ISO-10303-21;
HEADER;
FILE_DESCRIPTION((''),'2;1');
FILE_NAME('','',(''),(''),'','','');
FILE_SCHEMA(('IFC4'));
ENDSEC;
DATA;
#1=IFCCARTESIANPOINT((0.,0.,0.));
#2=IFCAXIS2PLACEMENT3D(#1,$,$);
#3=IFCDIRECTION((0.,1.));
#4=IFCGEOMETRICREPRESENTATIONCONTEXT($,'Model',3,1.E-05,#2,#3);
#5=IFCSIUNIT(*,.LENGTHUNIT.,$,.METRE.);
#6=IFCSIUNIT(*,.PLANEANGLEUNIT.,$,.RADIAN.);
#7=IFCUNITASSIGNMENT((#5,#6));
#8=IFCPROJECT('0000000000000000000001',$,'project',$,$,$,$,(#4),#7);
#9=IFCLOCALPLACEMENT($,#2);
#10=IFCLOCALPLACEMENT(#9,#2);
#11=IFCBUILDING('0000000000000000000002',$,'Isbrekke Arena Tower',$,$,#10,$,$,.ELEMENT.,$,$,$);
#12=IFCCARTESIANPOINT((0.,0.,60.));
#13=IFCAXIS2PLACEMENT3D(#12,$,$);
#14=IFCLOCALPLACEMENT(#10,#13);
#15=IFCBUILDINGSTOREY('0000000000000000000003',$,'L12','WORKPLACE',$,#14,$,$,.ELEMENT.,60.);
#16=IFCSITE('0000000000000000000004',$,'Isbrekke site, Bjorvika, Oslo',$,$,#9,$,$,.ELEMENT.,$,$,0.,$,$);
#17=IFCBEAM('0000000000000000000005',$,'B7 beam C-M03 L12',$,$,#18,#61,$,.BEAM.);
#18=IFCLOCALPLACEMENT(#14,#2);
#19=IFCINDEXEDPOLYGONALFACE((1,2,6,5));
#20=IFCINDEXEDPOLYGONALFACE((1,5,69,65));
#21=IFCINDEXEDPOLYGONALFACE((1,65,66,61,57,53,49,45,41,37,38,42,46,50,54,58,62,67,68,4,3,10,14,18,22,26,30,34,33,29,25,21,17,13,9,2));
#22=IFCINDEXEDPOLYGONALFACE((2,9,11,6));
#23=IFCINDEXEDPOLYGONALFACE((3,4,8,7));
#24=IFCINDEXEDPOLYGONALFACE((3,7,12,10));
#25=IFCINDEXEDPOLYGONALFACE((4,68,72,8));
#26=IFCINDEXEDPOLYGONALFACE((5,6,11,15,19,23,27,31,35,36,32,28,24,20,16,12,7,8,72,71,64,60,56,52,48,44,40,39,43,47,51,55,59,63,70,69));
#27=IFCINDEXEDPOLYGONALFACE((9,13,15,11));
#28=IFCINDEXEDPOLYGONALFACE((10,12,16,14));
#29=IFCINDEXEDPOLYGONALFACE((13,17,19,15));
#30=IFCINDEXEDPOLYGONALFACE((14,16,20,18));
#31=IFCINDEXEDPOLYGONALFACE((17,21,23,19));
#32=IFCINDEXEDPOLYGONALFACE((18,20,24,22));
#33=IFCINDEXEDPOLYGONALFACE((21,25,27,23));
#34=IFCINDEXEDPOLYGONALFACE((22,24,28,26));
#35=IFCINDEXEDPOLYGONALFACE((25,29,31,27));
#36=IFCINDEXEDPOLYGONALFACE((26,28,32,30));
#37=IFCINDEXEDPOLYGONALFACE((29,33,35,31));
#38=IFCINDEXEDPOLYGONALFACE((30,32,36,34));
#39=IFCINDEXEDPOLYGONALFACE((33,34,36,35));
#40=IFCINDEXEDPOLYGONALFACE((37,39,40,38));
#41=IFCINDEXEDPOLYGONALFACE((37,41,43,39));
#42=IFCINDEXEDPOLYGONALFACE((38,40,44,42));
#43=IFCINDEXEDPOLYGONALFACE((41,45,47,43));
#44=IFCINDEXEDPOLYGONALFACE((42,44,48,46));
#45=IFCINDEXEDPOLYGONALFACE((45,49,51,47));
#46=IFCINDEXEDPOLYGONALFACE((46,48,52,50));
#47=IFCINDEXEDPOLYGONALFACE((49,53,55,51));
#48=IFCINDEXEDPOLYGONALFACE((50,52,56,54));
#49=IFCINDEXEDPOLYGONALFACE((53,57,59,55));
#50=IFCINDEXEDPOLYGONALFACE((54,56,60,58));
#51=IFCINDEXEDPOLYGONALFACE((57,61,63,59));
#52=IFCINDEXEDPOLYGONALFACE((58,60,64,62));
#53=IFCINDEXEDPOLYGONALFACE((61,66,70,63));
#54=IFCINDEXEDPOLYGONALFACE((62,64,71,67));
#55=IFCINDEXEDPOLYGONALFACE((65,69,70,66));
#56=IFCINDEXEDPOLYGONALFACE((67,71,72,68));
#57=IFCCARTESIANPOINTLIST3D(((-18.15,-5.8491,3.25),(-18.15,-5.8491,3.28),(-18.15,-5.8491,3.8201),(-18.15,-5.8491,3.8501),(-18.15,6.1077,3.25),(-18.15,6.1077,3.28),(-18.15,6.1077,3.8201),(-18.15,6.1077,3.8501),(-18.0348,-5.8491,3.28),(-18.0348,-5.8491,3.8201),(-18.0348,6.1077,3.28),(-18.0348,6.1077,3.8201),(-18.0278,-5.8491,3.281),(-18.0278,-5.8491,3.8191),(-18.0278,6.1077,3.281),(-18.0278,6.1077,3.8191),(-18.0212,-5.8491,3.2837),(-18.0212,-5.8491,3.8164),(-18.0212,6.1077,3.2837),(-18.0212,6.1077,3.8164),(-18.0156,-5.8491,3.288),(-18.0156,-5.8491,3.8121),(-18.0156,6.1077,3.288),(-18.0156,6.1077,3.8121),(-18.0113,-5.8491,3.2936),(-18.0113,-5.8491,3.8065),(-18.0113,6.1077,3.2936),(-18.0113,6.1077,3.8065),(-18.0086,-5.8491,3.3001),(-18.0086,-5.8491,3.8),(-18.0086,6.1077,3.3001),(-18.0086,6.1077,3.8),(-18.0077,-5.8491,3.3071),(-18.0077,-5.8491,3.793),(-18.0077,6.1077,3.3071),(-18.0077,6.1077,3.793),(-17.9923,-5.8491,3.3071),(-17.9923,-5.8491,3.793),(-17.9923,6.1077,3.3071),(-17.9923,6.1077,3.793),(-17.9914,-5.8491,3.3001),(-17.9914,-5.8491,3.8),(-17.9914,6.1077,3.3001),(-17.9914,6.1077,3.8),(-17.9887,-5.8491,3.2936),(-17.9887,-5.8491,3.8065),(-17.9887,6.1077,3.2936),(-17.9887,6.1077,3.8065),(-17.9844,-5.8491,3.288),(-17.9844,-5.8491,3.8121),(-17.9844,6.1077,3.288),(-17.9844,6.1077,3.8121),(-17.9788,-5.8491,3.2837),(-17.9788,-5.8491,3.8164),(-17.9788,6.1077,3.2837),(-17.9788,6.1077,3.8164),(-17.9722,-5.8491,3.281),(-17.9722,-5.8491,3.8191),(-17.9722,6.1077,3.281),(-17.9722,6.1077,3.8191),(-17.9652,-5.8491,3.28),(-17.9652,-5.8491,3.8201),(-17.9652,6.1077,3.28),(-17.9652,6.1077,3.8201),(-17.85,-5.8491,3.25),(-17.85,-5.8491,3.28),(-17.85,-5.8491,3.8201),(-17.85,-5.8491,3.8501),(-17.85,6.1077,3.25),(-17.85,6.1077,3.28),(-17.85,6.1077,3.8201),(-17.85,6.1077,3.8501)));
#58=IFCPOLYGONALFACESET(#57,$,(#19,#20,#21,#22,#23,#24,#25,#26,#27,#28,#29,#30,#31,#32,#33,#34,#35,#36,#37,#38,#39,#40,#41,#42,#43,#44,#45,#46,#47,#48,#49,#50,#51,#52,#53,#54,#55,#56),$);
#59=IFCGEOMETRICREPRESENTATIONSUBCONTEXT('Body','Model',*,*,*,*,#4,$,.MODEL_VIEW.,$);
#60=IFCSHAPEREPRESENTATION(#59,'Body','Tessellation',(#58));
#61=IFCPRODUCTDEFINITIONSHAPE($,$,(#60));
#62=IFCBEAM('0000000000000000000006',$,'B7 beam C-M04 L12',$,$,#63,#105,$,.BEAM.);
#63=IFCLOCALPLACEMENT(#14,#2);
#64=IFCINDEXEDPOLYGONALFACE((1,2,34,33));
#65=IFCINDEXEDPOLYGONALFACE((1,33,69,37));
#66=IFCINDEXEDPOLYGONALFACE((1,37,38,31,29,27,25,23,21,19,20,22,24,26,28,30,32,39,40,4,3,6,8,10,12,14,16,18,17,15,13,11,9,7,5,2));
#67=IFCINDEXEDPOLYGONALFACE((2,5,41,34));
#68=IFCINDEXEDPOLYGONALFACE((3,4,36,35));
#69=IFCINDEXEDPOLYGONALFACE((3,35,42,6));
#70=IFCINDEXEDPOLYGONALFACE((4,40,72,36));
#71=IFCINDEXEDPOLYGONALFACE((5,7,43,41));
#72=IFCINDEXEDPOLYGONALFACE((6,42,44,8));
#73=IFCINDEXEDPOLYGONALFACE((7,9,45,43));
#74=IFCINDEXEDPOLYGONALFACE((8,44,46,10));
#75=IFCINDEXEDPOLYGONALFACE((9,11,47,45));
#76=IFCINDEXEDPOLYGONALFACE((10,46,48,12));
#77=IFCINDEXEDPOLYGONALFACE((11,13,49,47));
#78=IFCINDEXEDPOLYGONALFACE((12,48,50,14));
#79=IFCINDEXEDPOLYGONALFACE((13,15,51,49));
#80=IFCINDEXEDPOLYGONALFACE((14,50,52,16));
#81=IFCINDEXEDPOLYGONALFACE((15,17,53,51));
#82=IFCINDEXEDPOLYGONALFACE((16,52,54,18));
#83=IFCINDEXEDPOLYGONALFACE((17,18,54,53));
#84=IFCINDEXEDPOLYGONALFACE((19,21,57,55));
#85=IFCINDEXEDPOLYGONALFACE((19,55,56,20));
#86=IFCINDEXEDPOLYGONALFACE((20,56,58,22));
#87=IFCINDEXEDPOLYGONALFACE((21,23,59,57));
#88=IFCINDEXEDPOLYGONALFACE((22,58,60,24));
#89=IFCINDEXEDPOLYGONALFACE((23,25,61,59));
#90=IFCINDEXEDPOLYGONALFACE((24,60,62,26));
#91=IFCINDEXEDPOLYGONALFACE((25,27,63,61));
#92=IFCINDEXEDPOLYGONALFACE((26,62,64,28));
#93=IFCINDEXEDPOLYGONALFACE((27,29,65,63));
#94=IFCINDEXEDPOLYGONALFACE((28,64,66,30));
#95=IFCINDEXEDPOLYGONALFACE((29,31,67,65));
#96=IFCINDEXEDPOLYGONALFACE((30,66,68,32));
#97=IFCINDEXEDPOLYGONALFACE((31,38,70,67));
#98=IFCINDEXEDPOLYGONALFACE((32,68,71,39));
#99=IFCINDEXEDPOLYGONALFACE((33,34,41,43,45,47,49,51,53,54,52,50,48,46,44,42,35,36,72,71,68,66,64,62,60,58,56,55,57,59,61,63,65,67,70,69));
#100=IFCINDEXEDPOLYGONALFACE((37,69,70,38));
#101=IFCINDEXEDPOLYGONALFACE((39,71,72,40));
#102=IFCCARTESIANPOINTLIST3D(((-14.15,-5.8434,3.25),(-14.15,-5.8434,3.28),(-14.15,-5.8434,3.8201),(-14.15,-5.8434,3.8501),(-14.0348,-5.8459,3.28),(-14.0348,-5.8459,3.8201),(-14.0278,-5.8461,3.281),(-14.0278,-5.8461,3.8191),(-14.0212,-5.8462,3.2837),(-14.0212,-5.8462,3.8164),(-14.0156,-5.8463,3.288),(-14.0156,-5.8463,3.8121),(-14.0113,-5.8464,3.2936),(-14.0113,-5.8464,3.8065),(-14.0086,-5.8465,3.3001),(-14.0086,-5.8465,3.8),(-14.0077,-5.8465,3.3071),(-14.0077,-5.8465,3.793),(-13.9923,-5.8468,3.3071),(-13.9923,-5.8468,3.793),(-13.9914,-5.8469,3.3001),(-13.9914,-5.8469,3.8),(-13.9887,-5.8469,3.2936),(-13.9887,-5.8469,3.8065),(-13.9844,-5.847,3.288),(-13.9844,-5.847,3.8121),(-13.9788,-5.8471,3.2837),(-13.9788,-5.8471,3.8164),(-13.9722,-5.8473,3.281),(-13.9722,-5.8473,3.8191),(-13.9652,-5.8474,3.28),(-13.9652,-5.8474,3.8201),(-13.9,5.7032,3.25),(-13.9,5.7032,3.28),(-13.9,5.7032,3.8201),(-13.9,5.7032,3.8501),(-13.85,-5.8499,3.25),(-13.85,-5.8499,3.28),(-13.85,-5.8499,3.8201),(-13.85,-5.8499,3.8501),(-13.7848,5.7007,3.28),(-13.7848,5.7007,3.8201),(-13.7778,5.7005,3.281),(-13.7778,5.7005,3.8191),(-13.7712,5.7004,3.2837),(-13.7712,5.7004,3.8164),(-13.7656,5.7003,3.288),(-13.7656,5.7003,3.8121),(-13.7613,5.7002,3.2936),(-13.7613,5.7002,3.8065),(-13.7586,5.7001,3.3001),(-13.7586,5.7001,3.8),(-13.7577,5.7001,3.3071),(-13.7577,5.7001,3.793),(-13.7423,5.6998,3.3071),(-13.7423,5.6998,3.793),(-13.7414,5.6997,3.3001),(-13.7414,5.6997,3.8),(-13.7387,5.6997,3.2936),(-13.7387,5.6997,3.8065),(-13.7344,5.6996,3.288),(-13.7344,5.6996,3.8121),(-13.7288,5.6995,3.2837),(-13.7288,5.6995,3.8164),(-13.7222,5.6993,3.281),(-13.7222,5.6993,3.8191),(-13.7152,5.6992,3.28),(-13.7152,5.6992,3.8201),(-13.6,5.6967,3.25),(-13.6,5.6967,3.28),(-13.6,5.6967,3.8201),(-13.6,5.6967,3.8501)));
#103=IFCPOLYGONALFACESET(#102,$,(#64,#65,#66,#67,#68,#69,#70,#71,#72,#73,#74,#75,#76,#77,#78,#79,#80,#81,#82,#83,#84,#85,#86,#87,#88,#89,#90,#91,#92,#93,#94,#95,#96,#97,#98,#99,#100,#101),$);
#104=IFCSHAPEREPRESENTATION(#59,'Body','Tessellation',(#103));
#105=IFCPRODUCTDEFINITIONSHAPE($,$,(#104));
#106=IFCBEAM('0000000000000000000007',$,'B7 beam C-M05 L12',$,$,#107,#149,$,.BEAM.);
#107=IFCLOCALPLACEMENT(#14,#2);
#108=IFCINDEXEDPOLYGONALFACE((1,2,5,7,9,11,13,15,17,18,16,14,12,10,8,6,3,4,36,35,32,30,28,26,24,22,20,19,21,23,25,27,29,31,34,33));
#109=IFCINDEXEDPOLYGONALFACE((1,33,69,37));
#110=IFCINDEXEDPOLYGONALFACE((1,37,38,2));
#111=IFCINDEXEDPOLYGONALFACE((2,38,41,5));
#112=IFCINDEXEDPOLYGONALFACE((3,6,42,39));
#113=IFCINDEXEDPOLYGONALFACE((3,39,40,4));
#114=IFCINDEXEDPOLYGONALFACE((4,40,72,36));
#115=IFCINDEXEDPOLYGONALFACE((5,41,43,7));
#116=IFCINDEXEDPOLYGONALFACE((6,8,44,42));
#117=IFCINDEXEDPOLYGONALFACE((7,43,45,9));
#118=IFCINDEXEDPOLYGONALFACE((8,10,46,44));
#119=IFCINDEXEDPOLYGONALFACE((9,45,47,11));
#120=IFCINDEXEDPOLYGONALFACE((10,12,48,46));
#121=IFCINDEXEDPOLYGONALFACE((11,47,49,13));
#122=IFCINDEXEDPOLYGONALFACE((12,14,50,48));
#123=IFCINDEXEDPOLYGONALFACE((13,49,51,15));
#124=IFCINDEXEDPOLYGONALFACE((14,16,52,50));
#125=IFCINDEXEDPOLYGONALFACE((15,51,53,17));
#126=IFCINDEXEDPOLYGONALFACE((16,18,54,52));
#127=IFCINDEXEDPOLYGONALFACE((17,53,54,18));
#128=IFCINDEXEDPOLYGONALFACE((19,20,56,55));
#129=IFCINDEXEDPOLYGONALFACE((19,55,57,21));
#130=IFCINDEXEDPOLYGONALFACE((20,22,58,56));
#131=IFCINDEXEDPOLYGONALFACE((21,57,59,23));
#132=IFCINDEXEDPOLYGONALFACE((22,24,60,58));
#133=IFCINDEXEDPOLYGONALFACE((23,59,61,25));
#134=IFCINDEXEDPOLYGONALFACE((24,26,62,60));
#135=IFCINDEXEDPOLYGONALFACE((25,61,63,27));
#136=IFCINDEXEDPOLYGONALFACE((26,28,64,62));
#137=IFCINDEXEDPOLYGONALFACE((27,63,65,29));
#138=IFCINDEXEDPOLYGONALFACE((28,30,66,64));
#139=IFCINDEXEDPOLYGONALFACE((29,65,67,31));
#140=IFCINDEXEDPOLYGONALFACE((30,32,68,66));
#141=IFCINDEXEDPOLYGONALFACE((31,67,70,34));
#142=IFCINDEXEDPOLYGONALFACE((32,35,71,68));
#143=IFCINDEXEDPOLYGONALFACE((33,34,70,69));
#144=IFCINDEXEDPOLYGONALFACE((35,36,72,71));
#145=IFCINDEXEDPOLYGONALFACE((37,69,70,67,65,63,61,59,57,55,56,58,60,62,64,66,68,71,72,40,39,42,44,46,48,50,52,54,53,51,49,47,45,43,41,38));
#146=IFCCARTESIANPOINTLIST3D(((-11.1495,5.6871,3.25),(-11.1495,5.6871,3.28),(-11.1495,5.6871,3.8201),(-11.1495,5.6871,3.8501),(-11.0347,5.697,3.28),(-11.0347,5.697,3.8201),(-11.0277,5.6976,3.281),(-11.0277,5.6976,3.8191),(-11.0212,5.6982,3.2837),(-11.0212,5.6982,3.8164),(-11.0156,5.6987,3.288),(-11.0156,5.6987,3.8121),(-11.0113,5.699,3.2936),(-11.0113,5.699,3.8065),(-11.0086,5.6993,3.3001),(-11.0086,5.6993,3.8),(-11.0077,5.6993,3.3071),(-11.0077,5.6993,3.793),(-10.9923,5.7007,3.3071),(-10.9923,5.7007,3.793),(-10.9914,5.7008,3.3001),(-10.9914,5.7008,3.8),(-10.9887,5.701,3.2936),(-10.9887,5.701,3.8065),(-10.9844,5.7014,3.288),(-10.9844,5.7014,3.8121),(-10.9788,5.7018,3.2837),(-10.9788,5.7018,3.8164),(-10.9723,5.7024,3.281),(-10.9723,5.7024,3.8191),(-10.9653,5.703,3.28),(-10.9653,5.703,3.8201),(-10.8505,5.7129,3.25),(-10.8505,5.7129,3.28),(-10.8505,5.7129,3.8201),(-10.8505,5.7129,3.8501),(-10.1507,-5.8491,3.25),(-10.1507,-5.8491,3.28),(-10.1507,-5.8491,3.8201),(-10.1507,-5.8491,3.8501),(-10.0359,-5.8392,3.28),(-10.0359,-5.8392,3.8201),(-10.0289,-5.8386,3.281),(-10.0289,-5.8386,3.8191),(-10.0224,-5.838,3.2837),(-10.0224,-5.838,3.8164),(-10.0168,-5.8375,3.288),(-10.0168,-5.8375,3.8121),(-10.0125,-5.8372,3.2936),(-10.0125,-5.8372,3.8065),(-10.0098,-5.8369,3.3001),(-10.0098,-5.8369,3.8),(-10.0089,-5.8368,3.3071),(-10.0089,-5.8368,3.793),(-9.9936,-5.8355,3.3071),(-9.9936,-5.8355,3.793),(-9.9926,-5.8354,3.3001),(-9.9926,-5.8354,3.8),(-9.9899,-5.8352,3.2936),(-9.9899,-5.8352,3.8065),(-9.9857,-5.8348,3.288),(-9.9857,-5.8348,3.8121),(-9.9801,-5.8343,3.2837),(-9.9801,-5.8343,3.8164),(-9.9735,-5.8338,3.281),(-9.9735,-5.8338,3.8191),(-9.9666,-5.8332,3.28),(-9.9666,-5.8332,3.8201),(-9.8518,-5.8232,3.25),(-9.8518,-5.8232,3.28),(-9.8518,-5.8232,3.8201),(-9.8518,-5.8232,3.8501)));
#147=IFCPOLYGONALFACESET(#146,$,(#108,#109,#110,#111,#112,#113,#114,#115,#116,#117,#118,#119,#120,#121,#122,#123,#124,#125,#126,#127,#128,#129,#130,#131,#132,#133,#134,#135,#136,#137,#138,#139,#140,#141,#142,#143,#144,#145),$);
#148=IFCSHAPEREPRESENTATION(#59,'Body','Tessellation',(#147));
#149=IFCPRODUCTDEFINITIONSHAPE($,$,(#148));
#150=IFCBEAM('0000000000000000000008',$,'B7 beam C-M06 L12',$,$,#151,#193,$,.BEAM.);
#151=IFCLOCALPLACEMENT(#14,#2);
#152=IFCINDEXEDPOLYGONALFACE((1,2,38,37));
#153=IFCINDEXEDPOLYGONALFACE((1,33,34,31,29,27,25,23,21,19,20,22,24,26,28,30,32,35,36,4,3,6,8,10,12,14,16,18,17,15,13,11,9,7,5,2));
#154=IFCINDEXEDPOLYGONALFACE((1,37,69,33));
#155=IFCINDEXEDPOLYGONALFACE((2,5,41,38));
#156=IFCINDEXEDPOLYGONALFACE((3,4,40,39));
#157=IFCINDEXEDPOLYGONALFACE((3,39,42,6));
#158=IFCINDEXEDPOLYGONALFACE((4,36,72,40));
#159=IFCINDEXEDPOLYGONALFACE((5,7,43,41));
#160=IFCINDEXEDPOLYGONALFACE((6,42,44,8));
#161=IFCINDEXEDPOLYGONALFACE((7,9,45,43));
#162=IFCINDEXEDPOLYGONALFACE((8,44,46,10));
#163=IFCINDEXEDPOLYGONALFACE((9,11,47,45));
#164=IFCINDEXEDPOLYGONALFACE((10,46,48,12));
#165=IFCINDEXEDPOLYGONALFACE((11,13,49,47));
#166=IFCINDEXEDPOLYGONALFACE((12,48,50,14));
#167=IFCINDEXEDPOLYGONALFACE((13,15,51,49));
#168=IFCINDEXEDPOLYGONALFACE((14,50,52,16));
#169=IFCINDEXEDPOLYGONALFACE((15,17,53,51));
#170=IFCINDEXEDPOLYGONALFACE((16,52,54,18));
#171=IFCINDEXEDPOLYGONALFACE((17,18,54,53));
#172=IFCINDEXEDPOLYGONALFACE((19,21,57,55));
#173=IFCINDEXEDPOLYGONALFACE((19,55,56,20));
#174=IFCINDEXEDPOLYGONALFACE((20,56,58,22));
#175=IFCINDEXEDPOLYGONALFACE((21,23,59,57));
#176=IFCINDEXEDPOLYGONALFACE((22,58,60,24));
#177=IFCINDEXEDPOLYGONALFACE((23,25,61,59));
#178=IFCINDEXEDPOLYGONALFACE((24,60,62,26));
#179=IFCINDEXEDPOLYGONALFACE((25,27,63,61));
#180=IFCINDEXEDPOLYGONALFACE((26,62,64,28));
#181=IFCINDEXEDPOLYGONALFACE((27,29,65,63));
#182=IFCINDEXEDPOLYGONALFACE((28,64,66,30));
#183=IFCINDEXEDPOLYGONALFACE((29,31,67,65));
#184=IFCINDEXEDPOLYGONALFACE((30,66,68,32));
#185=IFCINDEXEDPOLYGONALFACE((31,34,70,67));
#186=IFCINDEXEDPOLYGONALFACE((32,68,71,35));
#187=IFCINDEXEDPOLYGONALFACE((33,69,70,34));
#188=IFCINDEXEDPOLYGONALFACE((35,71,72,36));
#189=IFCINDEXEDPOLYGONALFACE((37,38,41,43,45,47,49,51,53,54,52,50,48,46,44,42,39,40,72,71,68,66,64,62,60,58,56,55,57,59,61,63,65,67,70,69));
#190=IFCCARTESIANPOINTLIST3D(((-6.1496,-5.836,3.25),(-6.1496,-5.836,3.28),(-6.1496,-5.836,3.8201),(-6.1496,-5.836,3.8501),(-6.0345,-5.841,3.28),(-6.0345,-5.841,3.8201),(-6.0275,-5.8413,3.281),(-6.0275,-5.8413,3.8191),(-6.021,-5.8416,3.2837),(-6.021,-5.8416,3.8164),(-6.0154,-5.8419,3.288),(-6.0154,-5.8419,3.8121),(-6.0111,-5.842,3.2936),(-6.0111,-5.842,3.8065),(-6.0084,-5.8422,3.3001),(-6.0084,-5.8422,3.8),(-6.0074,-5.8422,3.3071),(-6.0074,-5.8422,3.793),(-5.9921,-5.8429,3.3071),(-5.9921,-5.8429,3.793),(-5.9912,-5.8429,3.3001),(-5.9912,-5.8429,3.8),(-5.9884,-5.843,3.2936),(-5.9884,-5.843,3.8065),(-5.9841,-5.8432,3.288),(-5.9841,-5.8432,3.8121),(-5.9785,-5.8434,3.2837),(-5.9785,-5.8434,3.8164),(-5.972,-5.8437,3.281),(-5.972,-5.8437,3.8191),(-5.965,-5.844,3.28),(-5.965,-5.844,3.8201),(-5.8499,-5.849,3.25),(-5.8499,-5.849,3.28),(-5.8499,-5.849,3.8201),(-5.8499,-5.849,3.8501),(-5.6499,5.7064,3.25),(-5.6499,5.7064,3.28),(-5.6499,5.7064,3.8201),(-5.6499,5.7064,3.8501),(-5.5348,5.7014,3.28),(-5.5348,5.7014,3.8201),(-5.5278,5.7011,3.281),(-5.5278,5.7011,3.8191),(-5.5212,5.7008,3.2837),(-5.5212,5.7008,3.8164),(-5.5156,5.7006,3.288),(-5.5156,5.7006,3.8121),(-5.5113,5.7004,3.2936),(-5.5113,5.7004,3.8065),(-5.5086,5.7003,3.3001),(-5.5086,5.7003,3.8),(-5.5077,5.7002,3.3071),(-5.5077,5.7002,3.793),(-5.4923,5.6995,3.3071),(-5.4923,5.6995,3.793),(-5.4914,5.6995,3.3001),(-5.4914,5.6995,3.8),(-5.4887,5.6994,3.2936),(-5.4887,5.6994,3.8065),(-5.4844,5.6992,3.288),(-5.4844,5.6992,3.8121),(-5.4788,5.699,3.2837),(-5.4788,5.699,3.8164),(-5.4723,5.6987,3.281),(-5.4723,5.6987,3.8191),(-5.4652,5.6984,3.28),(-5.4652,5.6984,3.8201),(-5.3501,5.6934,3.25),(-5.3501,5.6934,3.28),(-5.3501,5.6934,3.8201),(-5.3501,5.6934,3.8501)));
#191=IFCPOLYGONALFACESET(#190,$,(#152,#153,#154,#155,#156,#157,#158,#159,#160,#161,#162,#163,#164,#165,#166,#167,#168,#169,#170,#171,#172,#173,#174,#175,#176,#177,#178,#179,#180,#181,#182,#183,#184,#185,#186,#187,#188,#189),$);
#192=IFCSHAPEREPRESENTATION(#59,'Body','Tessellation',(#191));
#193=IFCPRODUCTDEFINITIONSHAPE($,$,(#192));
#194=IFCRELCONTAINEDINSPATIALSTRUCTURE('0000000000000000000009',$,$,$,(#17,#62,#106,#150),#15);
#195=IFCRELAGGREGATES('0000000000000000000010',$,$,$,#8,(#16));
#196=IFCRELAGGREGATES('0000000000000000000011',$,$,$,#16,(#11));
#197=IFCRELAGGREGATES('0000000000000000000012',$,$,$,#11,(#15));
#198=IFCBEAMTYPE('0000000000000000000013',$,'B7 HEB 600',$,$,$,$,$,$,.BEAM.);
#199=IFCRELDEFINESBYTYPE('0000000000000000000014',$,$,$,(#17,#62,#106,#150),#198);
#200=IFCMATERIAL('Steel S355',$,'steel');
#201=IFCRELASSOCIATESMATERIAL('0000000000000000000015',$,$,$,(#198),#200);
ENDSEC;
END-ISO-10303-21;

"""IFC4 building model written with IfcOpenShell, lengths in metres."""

from ifc_helpers import new_model, si_unit, direction, frame, origin, origin_2d, place, context, subcontext, project, spatial, i_section, extrude, material, material_profile, profile_set, type_object, element, save


model = new_model("IFC4")

# Units and contexts
model_context = context("Model", 3, precision=1e-05, world=origin(), true_north=direction((0.0, 1.0)))
body_context = subcontext(model_context, "Body", "Model", "MODEL_VIEW")
ifc_project = project(units=[si_unit("LENGTHUNIT", "METRE"), si_unit("PLANEANGLEUNIT", "RADIAN")], contexts=[model_context])

# Site, building, storey
site_placement = place(None, origin())
site = spatial("IfcSite", under=ifc_project, at=site_placement, Name="Isbrekke site, Bjorvika, Oslo", CompositionType="ELEMENT", RefElevation=0.0)
building_placement = place(site_placement, origin())
building = spatial("IfcBuilding", under=site, at=building_placement, Name="Isbrekke Arena Tower", CompositionType="ELEMENT")
storey_placement = place(building_placement, frame((0.0, 0.0, 60.0)))
storey = spatial("IfcBuildingStorey", under=building, at=storey_placement, Name="L12", Description="WORKPLACE", CompositionType="ELEMENT", Elevation=60.0)

# Beams
ifc_material_1 = material(Name="Steel S355", Category="steel")
ifc_material_profile_1 = material_profile(ifc_material_1, i_section(OverallWidth=0.3, OverallDepth=0.6001, WebThickness=0.0154, FlangeThickness=0.03, FilletRadius=0.0271, at=origin_2d()), Name="HEB 600")
ifc_profile_set_1 = profile_set([ifc_material_profile_1], Name="Steel S355")
beam_type_1 = type_object("IfcBeamType", Name="B7 HEB 600", PredefinedType="BEAM", material=ifc_profile_set_1)
beam_1_placement = place(storey_placement, frame((-18.0, -5.8491, 3.55), z_axis=(0.0, 1.0, 0.0), x_axis=(-1.0, 0.0, 0.0)))
element("IfcBeam", 1, at=beam_1_placement, inside=storey, type_object=beam_type_1, Name="B7 beam C-M03 L12", PredefinedType="BEAM", context=body_context, shape_type="SweptSolid", body=[
    extrude(i_section(OverallWidth=0.3, OverallDepth=0.6001, WebThickness=0.0154, FlangeThickness=0.03, FilletRadius=0.0271, at=origin_2d()), origin(), (0.0, 0.0, 1.0), 11.9568),
])
beam_2_placement = place(storey_placement, frame((-14.0, -5.8467, 3.55), z_axis=(0.021646, 0.999766, 0.0), x_axis=(-0.999766, 0.021646, 0.0)))
element("IfcBeam", 2, at=beam_2_placement, inside=storey, type_object=beam_type_1, Name="B7 beam C-M04 L12", PredefinedType="BEAM", context=body_context, shape_type="SweptSolid", body=[
    extrude(i_section(OverallWidth=0.3, OverallDepth=0.6001, WebThickness=0.0154, FlangeThickness=0.03, FilletRadius=0.0271, at=origin_2d()), origin(), (0.0, 0.0, 1.0), 11.5493),
])
beam_3_placement = place(storey_placement, frame((-10.0012, -5.8362, 3.55), z_axis=(-0.086256, 0.996273, 0.0), x_axis=(-0.996273, -0.086256, 0.0)))
element("IfcBeam", 3, at=beam_3_placement, inside=storey, type_object=beam_type_1, Name="B7 beam C-M05 L12", PredefinedType="BEAM", context=body_context, shape_type="SweptSolid", body=[
    extrude(i_section(OverallWidth=0.3, OverallDepth=0.6001, WebThickness=0.0154, FlangeThickness=0.03, FilletRadius=0.0271, at=origin_2d()), origin(), (0.0, 0.0, 1.0), 11.5793),
])
beam_4_placement = place(storey_placement, frame((-5.9998, -5.8425, 3.55), z_axis=(0.043257, 0.999064, 0.0), x_axis=(-0.999064, 0.043257, 0.0)))
element("IfcBeam", 4, at=beam_4_placement, inside=storey, type_object=beam_type_1, Name="B7 beam C-M06 L12", PredefinedType="BEAM", context=body_context, shape_type="SweptSolid", body=[
    extrude(i_section(OverallWidth=0.3, OverallDepth=0.6001, WebThickness=0.0154, FlangeThickness=0.03, FilletRadius=0.0271, at=origin_2d()), origin(), (0.0, 0.0, 1.0), 11.5532),
])

save(model, "model.ifc")
